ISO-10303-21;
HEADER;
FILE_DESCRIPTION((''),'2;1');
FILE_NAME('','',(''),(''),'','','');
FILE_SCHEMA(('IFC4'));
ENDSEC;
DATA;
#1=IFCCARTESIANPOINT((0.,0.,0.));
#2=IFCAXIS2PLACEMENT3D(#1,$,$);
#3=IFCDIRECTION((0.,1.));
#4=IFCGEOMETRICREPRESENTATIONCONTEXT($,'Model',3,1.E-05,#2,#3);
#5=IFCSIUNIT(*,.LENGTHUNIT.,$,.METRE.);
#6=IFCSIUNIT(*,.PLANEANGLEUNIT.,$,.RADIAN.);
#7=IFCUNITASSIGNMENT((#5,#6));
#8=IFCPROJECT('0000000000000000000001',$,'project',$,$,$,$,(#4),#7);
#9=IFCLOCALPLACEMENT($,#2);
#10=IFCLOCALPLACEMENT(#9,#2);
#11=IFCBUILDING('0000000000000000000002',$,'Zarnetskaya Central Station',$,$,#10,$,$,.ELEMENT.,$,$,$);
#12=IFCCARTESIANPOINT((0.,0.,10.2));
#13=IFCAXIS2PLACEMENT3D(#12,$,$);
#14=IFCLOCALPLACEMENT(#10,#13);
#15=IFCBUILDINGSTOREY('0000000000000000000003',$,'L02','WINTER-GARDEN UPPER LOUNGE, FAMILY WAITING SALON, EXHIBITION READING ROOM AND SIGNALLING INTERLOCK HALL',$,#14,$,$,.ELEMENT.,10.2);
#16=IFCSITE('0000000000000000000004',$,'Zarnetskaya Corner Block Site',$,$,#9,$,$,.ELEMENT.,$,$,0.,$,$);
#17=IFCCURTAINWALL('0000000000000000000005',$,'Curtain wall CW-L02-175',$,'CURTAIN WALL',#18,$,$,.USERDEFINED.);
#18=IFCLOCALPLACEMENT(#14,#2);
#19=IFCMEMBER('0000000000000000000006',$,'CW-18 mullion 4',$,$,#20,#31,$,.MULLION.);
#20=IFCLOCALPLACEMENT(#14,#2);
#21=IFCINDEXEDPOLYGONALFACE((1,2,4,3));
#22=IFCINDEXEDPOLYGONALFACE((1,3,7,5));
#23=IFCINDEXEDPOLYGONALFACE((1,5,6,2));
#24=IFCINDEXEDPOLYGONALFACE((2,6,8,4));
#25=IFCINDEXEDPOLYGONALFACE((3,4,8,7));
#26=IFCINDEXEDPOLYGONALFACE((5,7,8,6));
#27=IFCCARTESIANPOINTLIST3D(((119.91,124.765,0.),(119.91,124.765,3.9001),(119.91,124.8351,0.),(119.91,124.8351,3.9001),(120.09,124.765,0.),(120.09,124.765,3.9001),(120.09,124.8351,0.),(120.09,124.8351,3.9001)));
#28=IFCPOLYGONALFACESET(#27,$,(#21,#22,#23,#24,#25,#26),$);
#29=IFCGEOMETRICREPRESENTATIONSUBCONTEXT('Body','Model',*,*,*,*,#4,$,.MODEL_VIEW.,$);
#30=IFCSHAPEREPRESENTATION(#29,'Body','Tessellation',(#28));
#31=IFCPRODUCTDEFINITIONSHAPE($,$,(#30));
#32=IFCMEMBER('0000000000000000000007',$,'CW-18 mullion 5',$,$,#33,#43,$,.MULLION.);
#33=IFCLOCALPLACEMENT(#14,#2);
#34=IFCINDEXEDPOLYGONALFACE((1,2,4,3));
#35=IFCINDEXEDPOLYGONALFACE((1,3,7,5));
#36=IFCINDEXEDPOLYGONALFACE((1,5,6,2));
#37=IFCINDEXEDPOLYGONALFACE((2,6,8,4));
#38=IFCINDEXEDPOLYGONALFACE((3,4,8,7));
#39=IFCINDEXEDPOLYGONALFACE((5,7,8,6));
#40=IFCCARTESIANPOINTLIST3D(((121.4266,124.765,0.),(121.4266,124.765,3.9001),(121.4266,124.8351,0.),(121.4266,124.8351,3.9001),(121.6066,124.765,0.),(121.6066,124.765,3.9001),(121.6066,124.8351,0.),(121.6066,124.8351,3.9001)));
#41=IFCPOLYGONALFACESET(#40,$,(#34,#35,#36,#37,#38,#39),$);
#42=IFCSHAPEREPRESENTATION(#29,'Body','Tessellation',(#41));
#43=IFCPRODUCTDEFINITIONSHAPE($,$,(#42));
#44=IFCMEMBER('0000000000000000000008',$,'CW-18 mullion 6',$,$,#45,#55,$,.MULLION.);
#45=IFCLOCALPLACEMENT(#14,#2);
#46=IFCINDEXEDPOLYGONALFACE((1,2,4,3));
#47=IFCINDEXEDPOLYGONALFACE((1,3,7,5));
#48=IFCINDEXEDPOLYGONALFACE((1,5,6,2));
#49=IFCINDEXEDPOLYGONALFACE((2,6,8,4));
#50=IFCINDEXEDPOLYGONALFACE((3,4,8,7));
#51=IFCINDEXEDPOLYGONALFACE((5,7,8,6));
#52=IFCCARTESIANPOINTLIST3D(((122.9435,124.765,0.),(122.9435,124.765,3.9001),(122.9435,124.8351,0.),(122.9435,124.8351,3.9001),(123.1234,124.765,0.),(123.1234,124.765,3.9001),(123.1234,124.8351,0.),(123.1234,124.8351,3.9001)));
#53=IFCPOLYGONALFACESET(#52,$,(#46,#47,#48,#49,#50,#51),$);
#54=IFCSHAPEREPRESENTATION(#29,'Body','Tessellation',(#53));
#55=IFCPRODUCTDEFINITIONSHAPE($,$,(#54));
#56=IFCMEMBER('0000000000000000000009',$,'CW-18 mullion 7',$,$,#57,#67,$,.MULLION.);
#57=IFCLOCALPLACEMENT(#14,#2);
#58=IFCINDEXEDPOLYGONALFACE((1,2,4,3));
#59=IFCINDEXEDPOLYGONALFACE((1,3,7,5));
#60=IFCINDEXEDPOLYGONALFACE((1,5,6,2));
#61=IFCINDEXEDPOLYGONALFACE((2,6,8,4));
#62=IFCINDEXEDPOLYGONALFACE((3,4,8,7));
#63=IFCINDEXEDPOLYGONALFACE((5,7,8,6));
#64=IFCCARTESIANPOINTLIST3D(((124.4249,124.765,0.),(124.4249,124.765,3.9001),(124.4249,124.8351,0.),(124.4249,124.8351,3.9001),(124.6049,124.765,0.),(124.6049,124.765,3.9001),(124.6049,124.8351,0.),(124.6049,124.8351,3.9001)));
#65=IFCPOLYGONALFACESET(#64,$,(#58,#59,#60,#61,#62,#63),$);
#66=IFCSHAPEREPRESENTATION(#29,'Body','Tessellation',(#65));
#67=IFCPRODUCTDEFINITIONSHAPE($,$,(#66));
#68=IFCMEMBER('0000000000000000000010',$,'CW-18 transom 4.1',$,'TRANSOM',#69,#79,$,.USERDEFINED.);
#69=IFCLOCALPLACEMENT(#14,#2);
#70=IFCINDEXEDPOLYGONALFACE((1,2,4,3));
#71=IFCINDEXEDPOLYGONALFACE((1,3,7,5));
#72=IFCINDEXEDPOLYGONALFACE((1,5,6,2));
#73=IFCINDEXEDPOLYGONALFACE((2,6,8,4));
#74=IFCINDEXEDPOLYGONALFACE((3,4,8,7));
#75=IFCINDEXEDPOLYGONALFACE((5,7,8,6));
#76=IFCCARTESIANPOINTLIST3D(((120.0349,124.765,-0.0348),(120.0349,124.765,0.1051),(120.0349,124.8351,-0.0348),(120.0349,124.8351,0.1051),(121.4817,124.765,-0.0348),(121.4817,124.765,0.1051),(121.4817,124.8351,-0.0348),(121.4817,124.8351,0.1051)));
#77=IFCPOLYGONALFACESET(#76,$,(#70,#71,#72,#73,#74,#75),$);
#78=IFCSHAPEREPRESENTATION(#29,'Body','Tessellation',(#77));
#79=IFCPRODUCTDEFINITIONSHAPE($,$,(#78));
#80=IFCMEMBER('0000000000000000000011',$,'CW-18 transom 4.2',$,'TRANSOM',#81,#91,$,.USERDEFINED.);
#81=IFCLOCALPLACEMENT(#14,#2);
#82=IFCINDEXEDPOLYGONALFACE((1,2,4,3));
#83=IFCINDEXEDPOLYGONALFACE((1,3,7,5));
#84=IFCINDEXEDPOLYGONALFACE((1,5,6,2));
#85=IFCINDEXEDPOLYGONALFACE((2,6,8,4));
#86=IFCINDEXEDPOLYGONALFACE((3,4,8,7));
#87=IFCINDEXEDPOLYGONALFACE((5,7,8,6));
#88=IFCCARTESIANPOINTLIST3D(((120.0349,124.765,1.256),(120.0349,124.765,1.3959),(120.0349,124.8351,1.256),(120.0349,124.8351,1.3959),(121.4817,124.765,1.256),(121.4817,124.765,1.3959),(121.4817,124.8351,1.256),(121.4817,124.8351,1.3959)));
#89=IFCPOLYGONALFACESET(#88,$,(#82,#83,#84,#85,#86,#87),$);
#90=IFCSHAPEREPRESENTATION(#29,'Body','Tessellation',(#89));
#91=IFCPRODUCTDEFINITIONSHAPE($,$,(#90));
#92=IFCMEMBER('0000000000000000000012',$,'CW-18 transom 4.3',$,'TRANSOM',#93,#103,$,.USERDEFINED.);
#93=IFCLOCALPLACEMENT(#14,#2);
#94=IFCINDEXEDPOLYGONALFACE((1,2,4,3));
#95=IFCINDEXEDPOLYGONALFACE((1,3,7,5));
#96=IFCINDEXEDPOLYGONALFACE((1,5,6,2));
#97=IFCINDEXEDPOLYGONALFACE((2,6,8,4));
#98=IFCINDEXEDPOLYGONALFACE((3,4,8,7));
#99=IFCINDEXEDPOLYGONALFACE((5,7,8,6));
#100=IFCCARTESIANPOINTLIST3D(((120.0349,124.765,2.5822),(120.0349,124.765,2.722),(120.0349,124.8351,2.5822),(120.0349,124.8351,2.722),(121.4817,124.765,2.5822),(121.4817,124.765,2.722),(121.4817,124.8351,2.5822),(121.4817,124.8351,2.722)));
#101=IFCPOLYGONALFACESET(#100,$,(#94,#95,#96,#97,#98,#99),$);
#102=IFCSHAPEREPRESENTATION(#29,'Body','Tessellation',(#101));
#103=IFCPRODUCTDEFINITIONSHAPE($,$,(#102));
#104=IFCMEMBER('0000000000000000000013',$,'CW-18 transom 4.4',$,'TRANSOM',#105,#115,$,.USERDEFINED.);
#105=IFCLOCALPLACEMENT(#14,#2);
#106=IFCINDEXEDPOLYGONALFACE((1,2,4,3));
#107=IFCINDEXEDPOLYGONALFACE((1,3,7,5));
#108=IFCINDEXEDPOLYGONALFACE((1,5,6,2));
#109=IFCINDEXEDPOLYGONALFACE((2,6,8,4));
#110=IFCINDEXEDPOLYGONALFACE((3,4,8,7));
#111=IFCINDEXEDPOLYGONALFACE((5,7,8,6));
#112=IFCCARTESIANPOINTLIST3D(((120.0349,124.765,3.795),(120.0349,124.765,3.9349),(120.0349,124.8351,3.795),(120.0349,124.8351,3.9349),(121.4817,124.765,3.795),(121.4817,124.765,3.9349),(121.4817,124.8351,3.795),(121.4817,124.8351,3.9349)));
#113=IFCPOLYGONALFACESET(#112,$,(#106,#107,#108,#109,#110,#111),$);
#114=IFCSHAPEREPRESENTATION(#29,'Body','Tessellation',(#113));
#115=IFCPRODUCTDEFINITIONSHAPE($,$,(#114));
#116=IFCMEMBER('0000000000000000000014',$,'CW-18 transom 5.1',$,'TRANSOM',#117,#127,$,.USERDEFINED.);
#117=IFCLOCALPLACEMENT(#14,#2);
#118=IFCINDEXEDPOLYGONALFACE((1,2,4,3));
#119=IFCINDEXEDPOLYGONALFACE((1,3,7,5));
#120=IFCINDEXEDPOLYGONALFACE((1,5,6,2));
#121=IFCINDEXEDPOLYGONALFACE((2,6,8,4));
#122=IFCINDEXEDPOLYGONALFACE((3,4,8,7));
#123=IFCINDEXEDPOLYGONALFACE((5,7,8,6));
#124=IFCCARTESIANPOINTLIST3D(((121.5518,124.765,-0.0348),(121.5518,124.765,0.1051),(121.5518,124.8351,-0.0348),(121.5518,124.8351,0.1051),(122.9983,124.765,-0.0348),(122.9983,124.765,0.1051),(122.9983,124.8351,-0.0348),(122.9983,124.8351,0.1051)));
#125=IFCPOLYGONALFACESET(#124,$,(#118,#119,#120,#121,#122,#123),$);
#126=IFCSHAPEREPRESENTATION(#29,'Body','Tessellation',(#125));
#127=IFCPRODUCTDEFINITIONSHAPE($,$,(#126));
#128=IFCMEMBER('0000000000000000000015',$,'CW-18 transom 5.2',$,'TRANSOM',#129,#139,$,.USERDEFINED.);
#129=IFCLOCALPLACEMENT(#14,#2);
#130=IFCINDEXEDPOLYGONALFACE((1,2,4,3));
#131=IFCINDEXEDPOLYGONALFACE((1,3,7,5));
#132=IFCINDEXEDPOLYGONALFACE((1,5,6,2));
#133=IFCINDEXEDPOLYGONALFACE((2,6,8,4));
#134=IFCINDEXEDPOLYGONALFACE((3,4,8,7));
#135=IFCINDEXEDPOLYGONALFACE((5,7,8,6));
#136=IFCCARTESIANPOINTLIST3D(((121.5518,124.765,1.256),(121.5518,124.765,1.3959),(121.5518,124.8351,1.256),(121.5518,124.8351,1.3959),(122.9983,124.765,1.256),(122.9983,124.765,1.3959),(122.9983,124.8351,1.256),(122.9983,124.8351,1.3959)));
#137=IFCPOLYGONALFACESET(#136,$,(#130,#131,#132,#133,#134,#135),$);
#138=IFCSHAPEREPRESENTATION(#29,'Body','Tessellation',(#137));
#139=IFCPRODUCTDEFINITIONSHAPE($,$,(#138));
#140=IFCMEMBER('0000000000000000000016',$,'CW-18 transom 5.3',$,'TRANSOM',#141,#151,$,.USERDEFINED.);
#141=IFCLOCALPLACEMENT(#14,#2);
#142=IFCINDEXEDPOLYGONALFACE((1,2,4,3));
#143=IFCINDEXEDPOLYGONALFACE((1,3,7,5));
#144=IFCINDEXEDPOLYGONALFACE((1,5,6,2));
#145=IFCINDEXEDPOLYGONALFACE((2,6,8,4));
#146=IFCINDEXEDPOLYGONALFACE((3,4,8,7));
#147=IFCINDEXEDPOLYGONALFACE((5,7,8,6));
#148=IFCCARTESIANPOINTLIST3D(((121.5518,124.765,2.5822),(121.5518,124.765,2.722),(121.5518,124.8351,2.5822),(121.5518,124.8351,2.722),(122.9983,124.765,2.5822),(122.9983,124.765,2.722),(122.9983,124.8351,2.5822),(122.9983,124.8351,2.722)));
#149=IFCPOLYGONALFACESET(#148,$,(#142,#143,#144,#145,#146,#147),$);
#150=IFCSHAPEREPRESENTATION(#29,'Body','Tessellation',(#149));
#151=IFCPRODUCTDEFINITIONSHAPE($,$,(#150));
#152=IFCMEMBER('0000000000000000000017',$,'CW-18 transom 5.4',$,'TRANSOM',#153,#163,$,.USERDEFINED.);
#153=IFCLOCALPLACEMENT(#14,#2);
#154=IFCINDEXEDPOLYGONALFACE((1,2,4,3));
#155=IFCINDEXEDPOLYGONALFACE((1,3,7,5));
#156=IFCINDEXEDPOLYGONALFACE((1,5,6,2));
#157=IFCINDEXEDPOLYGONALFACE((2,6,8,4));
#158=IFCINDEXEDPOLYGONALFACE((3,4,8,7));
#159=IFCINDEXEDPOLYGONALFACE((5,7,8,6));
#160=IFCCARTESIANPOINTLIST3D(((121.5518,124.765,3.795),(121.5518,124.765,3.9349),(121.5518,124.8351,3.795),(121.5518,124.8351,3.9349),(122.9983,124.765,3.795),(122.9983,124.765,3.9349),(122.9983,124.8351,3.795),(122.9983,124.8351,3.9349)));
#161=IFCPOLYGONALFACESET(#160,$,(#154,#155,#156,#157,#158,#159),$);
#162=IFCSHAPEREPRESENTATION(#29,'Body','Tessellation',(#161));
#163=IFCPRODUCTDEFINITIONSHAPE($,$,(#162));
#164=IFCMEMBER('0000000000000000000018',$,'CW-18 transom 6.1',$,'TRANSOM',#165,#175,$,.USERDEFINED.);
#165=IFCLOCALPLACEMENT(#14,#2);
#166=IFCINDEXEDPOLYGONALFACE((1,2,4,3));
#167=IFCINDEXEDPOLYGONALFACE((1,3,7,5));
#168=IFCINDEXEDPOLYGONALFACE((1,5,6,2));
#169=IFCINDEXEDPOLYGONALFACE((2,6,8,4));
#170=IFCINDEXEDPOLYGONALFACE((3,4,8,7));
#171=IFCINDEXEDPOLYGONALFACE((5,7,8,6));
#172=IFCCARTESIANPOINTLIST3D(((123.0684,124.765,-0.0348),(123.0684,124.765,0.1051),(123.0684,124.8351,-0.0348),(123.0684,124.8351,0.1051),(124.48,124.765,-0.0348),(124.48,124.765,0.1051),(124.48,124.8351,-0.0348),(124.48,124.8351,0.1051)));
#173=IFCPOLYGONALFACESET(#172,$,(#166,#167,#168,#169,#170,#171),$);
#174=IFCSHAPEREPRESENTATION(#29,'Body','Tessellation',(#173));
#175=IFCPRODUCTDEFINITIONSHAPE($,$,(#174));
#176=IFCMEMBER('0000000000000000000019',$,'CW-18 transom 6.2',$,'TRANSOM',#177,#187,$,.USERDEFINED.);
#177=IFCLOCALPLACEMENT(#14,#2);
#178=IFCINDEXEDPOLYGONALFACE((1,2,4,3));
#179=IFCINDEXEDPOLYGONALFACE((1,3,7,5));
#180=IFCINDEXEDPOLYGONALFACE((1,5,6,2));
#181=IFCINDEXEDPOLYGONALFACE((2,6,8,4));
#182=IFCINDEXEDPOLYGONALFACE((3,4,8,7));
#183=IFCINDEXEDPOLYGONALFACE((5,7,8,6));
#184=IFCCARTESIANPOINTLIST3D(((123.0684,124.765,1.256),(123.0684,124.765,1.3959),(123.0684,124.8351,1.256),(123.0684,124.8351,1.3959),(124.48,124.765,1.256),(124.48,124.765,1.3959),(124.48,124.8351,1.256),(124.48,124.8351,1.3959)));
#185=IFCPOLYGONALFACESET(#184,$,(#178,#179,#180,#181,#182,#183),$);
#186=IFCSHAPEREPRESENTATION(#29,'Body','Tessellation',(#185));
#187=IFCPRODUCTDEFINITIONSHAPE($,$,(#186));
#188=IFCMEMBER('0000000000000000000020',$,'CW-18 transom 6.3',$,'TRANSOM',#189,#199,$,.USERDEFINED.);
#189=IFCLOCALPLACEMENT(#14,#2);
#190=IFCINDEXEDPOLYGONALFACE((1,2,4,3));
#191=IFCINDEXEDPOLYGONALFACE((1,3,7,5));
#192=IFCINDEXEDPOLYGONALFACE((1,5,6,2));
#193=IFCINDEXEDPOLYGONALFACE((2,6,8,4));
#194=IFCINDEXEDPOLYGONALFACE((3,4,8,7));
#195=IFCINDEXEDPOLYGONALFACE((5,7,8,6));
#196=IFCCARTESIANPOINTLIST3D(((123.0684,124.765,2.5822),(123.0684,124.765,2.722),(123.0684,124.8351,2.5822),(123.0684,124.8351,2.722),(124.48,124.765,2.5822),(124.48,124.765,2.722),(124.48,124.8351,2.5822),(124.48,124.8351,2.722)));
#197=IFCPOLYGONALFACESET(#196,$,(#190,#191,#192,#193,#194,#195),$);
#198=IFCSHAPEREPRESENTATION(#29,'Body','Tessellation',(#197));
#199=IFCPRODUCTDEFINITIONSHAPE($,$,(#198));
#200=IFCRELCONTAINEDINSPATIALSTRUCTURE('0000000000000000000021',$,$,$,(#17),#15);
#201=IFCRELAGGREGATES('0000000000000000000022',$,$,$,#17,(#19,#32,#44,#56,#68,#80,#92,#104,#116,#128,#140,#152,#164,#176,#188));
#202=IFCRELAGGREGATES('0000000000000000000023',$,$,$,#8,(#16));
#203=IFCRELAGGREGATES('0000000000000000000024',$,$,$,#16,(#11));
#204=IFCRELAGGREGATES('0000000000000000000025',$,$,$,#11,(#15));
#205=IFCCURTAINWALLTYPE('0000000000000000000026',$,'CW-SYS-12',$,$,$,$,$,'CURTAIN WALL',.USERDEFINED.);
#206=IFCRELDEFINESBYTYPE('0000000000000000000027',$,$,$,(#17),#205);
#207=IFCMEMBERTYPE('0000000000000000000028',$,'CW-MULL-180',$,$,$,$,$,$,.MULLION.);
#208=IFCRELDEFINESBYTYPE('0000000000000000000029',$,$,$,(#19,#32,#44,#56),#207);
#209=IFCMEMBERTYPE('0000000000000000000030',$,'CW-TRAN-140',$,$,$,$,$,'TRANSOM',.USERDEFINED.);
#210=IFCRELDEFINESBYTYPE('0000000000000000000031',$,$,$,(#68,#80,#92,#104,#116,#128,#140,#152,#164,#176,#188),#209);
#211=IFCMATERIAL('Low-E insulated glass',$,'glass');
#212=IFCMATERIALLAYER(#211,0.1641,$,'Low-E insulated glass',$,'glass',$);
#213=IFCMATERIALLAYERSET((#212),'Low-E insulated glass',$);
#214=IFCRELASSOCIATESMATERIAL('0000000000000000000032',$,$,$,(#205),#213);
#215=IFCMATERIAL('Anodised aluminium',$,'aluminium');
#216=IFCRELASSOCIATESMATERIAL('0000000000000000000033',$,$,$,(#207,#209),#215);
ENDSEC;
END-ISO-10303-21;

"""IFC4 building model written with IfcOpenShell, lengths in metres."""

from ifc_helpers import new_model, si_unit, direction, frame, origin, origin_2d, place, context, subcontext, project, spatial, rectangle, extrude, material, layer, layer_set, material_profile, profile_set, type_object, element, aggregate, save


model = new_model("IFC4")

# Units and contexts
model_context = context("Model", 3, precision=1e-05, world=origin(), true_north=direction((0.0, 1.0)))
body_context = subcontext(model_context, "Body", "Model", "MODEL_VIEW")
ifc_project = project(units=[si_unit("LENGTHUNIT", "METRE"), si_unit("PLANEANGLEUNIT", "RADIAN")], contexts=[model_context])

# Site, building, storey
site_placement = place(None, origin())
site = spatial("IfcSite", under=ifc_project, at=site_placement, Name="Zarnetskaya Corner Block Site", CompositionType="ELEMENT", RefElevation=0.0)
building_placement = place(site_placement, origin())
building = spatial("IfcBuilding", under=site, at=building_placement, Name="Zarnetskaya Central Station", CompositionType="ELEMENT")
storey_placement = place(building_placement, frame((0.0, 0.0, 10.2)))
storey = spatial("IfcBuildingStorey", under=building, at=storey_placement, Name="L02", Description="WINTER-GARDEN UPPER LOUNGE, FAMILY WAITING SALON, EXHIBITION READING ROOM AND SIGNALLING INTERLOCK HALL", CompositionType="ELEMENT", Elevation=10.2)

# Curtain wall, members
ifc_material_1 = material(Name="Low-E insulated glass", Category="glass")
ifc_layer_1 = layer(ifc_material_1, 0.1641, Name="Low-E insulated glass", Category="glass")
ifc_layer_set_1 = layer_set([ifc_layer_1], Name="Low-E insulated glass")
curtain_wall_type = type_object("IfcCurtainWallType", Name="CW-SYS-12", ElementType="CURTAIN WALL", PredefinedType="USERDEFINED", material=ifc_layer_set_1)
curtain_wall_placement = place(storey_placement, origin())
curtain_wall = element("IfcCurtainWall", 1, at=curtain_wall_placement, inside=storey, type_object=curtain_wall_type, Name="Curtain wall CW-L02-175", ObjectType="CURTAIN WALL", PredefinedType="USERDEFINED")
ifc_material_2 = material(Name="Anodised aluminium", Category="aluminium")
ifc_material_profile_1 = material_profile(ifc_material_2, rectangle(XDim=0.0701, YDim=0.1799, at=origin_2d()), Name="ALU MULL 70x180")
ifc_profile_set_1 = profile_set([ifc_material_profile_1], Name="Anodised aluminium")
member_type_1 = type_object("IfcMemberType", Name="CW-MULL-180", PredefinedType="MULLION", material=ifc_profile_set_1)
member_1_placement = place(storey_placement, frame((120.0, 124.8, 0.0), z_axis=(0.0, 0.0, 1.0), x_axis=(0.0, 1.0, 0.0)))
member_1 = element("IfcMember", 2, at=member_1_placement, type_object=member_type_1, Name="CW-18 mullion 4", PredefinedType="MULLION", context=body_context, shape_type="SweptSolid", body=[
    extrude(rectangle(XDim=0.0701, YDim=0.1799, at=origin_2d()), origin(), (0.0, 0.0, 1.0), 3.9001),
])
member_2_placement = place(storey_placement, frame((121.5166, 124.8, 0.0), z_axis=(0.0, 0.0, 1.0), x_axis=(0.0, 1.0, 0.0)))
member_2 = element("IfcMember", 3, at=member_2_placement, type_object=member_type_1, Name="CW-18 mullion 5", PredefinedType="MULLION", context=body_context, shape_type="SweptSolid", body=[
    extrude(rectangle(XDim=0.0701, YDim=0.1799, at=origin_2d()), origin(), (0.0, 0.0, 1.0), 3.9001),
])
member_3_placement = place(storey_placement, frame((123.0334, 124.8, 0.0), z_axis=(0.0, 0.0, 1.0), x_axis=(0.0, 1.0, 0.0)))
member_3 = element("IfcMember", 4, at=member_3_placement, type_object=member_type_1, Name="CW-18 mullion 6", PredefinedType="MULLION", context=body_context, shape_type="SweptSolid", body=[
    extrude(rectangle(XDim=0.0701, YDim=0.1799, at=origin_2d()), origin(), (0.0, 0.0, 1.0), 3.9001),
])
member_4_placement = place(storey_placement, frame((124.5149, 124.8, 0.0), z_axis=(0.0, 0.0, 1.0), x_axis=(0.0, 1.0, 0.0)))
member_4 = element("IfcMember", 5, at=member_4_placement, type_object=member_type_1, Name="CW-18 mullion 7", PredefinedType="MULLION", context=body_context, shape_type="SweptSolid", body=[
    extrude(rectangle(XDim=0.0701, YDim=0.1799, at=origin_2d()), origin(), (0.0, 0.0, 1.0), 3.9001),
])
ifc_material_profile_2 = material_profile(ifc_material_2, rectangle(XDim=0.0701, YDim=0.1399, at=origin_2d()), Name="ALU TRAN 70x140")
ifc_profile_set_2 = profile_set([ifc_material_profile_2], Name="Anodised aluminium")
member_type_2 = type_object("IfcMemberType", Name="CW-TRAN-140", ElementType="TRANSOM", PredefinedType="USERDEFINED", material=ifc_profile_set_2)
member_5_placement = place(storey_placement, frame((120.0349, 124.8, 0.0352), z_axis=(1.0, 0.0, 0.0), x_axis=(0.0, 1.0, 0.0)))
member_5 = element("IfcMember", 6, at=member_5_placement, type_object=member_type_2, Name="CW-18 transom 4.1", ObjectType="TRANSOM", PredefinedType="USERDEFINED", context=body_context, shape_type="SweptSolid", body=[
    extrude(rectangle(XDim=0.0701, YDim=0.1399, at=origin_2d()), origin(), (0.0, 0.0, 1.0), 1.4468),
])
member_6_placement = place(storey_placement, frame((120.0349, 124.8, 1.3259), z_axis=(1.0, 0.0, 0.0), x_axis=(0.0, 1.0, 0.0)))
member_6 = element("IfcMember", 7, at=member_6_placement, type_object=member_type_2, Name="CW-18 transom 4.2", ObjectType="TRANSOM", PredefinedType="USERDEFINED", context=body_context, shape_type="SweptSolid", body=[
    extrude(rectangle(XDim=0.0701, YDim=0.1399, at=origin_2d()), origin(), (0.0, 0.0, 1.0), 1.4468),
])
member_7_placement = place(storey_placement, frame((120.0349, 124.8, 2.6521), z_axis=(1.0, 0.0, 0.0), x_axis=(0.0, 1.0, 0.0)))
member_7 = element("IfcMember", 8, at=member_7_placement, type_object=member_type_2, Name="CW-18 transom 4.3", ObjectType="TRANSOM", PredefinedType="USERDEFINED", context=body_context, shape_type="SweptSolid", body=[
    extrude(rectangle(XDim=0.0701, YDim=0.1399, at=origin_2d()), origin(), (0.0, 0.0, 1.0), 1.4468),
])
member_8_placement = place(storey_placement, frame((120.0349, 124.8, 3.865), z_axis=(1.0, 0.0, 0.0), x_axis=(0.0, 1.0, 0.0)))
member_8 = element("IfcMember", 9, at=member_8_placement, type_object=member_type_2, Name="CW-18 transom 4.4", ObjectType="TRANSOM", PredefinedType="USERDEFINED", context=body_context, shape_type="SweptSolid", body=[
    extrude(rectangle(XDim=0.0701, YDim=0.1399, at=origin_2d()), origin(), (0.0, 0.0, 1.0), 1.4468),
])
member_9_placement = place(storey_placement, frame((121.5518, 124.8, 0.0352), z_axis=(1.0, 0.0, 0.0), x_axis=(0.0, 1.0, 0.0)))
member_9 = element("IfcMember", 10, at=member_9_placement, type_object=member_type_2, Name="CW-18 transom 5.1", ObjectType="TRANSOM", PredefinedType="USERDEFINED", context=body_context, shape_type="SweptSolid", body=[
    extrude(rectangle(XDim=0.0701, YDim=0.1399, at=origin_2d()), origin(), (0.0, 0.0, 1.0), 1.4465),
])
member_10_placement = place(storey_placement, frame((121.5518, 124.8, 1.3259), z_axis=(1.0, 0.0, 0.0), x_axis=(0.0, 1.0, 0.0)))
member_10 = element("IfcMember", 11, at=member_10_placement, type_object=member_type_2, Name="CW-18 transom 5.2", ObjectType="TRANSOM", PredefinedType="USERDEFINED", context=body_context, shape_type="SweptSolid", body=[
    extrude(rectangle(XDim=0.0701, YDim=0.1399, at=origin_2d()), origin(), (0.0, 0.0, 1.0), 1.4465),
])
member_11_placement = place(storey_placement, frame((121.5518, 124.8, 2.6521), z_axis=(1.0, 0.0, 0.0), x_axis=(0.0, 1.0, 0.0)))
member_11 = element("IfcMember", 12, at=member_11_placement, type_object=member_type_2, Name="CW-18 transom 5.3", ObjectType="TRANSOM", PredefinedType="USERDEFINED", context=body_context, shape_type="SweptSolid", body=[
    extrude(rectangle(XDim=0.0701, YDim=0.1399, at=origin_2d()), origin(), (0.0, 0.0, 1.0), 1.4465),
])
member_12_placement = place(storey_placement, frame((121.5518, 124.8, 3.865), z_axis=(1.0, 0.0, 0.0), x_axis=(0.0, 1.0, 0.0)))
member_12 = element("IfcMember", 13, at=member_12_placement, type_object=member_type_2, Name="CW-18 transom 5.4", ObjectType="TRANSOM", PredefinedType="USERDEFINED", context=body_context, shape_type="SweptSolid", body=[
    extrude(rectangle(XDim=0.0701, YDim=0.1399, at=origin_2d()), origin(), (0.0, 0.0, 1.0), 1.4465),
])
member_13_placement = place(storey_placement, frame((123.0684, 124.8, 0.0352), z_axis=(1.0, 0.0, 0.0), x_axis=(0.0, 1.0, 0.0)))
member_13 = element("IfcMember", 14, at=member_13_placement, type_object=member_type_2, Name="CW-18 transom 6.1", ObjectType="TRANSOM", PredefinedType="USERDEFINED", context=body_context, shape_type="SweptSolid", body=[
    extrude(rectangle(XDim=0.0701, YDim=0.1399, at=origin_2d()), origin(), (0.0, 0.0, 1.0), 1.4116),
])
member_14_placement = place(storey_placement, frame((123.0684, 124.8, 1.3259), z_axis=(1.0, 0.0, 0.0), x_axis=(0.0, 1.0, 0.0)))
member_14 = element("IfcMember", 15, at=member_14_placement, type_object=member_type_2, Name="CW-18 transom 6.2", ObjectType="TRANSOM", PredefinedType="USERDEFINED", context=body_context, shape_type="SweptSolid", body=[
    extrude(rectangle(XDim=0.0701, YDim=0.1399, at=origin_2d()), origin(), (0.0, 0.0, 1.0), 1.4116),
])
member_15_placement = place(storey_placement, frame((123.0684, 124.8, 2.6521), z_axis=(1.0, 0.0, 0.0), x_axis=(0.0, 1.0, 0.0)))
member_15 = element("IfcMember", 16, at=member_15_placement, type_object=member_type_2, Name="CW-18 transom 6.3", ObjectType="TRANSOM", PredefinedType="USERDEFINED", context=body_context, shape_type="SweptSolid", body=[
    extrude(rectangle(XDim=0.0701, YDim=0.1399, at=origin_2d()), origin(), (0.0, 0.0, 1.0), 1.4116),
])
aggregate(curtain_wall, [member_1, member_2, member_3, member_4, member_5, member_6, member_7, member_8, member_9, member_10, member_11, member_12, member_13, member_14, member_15])

save(model, "model.ifc")
